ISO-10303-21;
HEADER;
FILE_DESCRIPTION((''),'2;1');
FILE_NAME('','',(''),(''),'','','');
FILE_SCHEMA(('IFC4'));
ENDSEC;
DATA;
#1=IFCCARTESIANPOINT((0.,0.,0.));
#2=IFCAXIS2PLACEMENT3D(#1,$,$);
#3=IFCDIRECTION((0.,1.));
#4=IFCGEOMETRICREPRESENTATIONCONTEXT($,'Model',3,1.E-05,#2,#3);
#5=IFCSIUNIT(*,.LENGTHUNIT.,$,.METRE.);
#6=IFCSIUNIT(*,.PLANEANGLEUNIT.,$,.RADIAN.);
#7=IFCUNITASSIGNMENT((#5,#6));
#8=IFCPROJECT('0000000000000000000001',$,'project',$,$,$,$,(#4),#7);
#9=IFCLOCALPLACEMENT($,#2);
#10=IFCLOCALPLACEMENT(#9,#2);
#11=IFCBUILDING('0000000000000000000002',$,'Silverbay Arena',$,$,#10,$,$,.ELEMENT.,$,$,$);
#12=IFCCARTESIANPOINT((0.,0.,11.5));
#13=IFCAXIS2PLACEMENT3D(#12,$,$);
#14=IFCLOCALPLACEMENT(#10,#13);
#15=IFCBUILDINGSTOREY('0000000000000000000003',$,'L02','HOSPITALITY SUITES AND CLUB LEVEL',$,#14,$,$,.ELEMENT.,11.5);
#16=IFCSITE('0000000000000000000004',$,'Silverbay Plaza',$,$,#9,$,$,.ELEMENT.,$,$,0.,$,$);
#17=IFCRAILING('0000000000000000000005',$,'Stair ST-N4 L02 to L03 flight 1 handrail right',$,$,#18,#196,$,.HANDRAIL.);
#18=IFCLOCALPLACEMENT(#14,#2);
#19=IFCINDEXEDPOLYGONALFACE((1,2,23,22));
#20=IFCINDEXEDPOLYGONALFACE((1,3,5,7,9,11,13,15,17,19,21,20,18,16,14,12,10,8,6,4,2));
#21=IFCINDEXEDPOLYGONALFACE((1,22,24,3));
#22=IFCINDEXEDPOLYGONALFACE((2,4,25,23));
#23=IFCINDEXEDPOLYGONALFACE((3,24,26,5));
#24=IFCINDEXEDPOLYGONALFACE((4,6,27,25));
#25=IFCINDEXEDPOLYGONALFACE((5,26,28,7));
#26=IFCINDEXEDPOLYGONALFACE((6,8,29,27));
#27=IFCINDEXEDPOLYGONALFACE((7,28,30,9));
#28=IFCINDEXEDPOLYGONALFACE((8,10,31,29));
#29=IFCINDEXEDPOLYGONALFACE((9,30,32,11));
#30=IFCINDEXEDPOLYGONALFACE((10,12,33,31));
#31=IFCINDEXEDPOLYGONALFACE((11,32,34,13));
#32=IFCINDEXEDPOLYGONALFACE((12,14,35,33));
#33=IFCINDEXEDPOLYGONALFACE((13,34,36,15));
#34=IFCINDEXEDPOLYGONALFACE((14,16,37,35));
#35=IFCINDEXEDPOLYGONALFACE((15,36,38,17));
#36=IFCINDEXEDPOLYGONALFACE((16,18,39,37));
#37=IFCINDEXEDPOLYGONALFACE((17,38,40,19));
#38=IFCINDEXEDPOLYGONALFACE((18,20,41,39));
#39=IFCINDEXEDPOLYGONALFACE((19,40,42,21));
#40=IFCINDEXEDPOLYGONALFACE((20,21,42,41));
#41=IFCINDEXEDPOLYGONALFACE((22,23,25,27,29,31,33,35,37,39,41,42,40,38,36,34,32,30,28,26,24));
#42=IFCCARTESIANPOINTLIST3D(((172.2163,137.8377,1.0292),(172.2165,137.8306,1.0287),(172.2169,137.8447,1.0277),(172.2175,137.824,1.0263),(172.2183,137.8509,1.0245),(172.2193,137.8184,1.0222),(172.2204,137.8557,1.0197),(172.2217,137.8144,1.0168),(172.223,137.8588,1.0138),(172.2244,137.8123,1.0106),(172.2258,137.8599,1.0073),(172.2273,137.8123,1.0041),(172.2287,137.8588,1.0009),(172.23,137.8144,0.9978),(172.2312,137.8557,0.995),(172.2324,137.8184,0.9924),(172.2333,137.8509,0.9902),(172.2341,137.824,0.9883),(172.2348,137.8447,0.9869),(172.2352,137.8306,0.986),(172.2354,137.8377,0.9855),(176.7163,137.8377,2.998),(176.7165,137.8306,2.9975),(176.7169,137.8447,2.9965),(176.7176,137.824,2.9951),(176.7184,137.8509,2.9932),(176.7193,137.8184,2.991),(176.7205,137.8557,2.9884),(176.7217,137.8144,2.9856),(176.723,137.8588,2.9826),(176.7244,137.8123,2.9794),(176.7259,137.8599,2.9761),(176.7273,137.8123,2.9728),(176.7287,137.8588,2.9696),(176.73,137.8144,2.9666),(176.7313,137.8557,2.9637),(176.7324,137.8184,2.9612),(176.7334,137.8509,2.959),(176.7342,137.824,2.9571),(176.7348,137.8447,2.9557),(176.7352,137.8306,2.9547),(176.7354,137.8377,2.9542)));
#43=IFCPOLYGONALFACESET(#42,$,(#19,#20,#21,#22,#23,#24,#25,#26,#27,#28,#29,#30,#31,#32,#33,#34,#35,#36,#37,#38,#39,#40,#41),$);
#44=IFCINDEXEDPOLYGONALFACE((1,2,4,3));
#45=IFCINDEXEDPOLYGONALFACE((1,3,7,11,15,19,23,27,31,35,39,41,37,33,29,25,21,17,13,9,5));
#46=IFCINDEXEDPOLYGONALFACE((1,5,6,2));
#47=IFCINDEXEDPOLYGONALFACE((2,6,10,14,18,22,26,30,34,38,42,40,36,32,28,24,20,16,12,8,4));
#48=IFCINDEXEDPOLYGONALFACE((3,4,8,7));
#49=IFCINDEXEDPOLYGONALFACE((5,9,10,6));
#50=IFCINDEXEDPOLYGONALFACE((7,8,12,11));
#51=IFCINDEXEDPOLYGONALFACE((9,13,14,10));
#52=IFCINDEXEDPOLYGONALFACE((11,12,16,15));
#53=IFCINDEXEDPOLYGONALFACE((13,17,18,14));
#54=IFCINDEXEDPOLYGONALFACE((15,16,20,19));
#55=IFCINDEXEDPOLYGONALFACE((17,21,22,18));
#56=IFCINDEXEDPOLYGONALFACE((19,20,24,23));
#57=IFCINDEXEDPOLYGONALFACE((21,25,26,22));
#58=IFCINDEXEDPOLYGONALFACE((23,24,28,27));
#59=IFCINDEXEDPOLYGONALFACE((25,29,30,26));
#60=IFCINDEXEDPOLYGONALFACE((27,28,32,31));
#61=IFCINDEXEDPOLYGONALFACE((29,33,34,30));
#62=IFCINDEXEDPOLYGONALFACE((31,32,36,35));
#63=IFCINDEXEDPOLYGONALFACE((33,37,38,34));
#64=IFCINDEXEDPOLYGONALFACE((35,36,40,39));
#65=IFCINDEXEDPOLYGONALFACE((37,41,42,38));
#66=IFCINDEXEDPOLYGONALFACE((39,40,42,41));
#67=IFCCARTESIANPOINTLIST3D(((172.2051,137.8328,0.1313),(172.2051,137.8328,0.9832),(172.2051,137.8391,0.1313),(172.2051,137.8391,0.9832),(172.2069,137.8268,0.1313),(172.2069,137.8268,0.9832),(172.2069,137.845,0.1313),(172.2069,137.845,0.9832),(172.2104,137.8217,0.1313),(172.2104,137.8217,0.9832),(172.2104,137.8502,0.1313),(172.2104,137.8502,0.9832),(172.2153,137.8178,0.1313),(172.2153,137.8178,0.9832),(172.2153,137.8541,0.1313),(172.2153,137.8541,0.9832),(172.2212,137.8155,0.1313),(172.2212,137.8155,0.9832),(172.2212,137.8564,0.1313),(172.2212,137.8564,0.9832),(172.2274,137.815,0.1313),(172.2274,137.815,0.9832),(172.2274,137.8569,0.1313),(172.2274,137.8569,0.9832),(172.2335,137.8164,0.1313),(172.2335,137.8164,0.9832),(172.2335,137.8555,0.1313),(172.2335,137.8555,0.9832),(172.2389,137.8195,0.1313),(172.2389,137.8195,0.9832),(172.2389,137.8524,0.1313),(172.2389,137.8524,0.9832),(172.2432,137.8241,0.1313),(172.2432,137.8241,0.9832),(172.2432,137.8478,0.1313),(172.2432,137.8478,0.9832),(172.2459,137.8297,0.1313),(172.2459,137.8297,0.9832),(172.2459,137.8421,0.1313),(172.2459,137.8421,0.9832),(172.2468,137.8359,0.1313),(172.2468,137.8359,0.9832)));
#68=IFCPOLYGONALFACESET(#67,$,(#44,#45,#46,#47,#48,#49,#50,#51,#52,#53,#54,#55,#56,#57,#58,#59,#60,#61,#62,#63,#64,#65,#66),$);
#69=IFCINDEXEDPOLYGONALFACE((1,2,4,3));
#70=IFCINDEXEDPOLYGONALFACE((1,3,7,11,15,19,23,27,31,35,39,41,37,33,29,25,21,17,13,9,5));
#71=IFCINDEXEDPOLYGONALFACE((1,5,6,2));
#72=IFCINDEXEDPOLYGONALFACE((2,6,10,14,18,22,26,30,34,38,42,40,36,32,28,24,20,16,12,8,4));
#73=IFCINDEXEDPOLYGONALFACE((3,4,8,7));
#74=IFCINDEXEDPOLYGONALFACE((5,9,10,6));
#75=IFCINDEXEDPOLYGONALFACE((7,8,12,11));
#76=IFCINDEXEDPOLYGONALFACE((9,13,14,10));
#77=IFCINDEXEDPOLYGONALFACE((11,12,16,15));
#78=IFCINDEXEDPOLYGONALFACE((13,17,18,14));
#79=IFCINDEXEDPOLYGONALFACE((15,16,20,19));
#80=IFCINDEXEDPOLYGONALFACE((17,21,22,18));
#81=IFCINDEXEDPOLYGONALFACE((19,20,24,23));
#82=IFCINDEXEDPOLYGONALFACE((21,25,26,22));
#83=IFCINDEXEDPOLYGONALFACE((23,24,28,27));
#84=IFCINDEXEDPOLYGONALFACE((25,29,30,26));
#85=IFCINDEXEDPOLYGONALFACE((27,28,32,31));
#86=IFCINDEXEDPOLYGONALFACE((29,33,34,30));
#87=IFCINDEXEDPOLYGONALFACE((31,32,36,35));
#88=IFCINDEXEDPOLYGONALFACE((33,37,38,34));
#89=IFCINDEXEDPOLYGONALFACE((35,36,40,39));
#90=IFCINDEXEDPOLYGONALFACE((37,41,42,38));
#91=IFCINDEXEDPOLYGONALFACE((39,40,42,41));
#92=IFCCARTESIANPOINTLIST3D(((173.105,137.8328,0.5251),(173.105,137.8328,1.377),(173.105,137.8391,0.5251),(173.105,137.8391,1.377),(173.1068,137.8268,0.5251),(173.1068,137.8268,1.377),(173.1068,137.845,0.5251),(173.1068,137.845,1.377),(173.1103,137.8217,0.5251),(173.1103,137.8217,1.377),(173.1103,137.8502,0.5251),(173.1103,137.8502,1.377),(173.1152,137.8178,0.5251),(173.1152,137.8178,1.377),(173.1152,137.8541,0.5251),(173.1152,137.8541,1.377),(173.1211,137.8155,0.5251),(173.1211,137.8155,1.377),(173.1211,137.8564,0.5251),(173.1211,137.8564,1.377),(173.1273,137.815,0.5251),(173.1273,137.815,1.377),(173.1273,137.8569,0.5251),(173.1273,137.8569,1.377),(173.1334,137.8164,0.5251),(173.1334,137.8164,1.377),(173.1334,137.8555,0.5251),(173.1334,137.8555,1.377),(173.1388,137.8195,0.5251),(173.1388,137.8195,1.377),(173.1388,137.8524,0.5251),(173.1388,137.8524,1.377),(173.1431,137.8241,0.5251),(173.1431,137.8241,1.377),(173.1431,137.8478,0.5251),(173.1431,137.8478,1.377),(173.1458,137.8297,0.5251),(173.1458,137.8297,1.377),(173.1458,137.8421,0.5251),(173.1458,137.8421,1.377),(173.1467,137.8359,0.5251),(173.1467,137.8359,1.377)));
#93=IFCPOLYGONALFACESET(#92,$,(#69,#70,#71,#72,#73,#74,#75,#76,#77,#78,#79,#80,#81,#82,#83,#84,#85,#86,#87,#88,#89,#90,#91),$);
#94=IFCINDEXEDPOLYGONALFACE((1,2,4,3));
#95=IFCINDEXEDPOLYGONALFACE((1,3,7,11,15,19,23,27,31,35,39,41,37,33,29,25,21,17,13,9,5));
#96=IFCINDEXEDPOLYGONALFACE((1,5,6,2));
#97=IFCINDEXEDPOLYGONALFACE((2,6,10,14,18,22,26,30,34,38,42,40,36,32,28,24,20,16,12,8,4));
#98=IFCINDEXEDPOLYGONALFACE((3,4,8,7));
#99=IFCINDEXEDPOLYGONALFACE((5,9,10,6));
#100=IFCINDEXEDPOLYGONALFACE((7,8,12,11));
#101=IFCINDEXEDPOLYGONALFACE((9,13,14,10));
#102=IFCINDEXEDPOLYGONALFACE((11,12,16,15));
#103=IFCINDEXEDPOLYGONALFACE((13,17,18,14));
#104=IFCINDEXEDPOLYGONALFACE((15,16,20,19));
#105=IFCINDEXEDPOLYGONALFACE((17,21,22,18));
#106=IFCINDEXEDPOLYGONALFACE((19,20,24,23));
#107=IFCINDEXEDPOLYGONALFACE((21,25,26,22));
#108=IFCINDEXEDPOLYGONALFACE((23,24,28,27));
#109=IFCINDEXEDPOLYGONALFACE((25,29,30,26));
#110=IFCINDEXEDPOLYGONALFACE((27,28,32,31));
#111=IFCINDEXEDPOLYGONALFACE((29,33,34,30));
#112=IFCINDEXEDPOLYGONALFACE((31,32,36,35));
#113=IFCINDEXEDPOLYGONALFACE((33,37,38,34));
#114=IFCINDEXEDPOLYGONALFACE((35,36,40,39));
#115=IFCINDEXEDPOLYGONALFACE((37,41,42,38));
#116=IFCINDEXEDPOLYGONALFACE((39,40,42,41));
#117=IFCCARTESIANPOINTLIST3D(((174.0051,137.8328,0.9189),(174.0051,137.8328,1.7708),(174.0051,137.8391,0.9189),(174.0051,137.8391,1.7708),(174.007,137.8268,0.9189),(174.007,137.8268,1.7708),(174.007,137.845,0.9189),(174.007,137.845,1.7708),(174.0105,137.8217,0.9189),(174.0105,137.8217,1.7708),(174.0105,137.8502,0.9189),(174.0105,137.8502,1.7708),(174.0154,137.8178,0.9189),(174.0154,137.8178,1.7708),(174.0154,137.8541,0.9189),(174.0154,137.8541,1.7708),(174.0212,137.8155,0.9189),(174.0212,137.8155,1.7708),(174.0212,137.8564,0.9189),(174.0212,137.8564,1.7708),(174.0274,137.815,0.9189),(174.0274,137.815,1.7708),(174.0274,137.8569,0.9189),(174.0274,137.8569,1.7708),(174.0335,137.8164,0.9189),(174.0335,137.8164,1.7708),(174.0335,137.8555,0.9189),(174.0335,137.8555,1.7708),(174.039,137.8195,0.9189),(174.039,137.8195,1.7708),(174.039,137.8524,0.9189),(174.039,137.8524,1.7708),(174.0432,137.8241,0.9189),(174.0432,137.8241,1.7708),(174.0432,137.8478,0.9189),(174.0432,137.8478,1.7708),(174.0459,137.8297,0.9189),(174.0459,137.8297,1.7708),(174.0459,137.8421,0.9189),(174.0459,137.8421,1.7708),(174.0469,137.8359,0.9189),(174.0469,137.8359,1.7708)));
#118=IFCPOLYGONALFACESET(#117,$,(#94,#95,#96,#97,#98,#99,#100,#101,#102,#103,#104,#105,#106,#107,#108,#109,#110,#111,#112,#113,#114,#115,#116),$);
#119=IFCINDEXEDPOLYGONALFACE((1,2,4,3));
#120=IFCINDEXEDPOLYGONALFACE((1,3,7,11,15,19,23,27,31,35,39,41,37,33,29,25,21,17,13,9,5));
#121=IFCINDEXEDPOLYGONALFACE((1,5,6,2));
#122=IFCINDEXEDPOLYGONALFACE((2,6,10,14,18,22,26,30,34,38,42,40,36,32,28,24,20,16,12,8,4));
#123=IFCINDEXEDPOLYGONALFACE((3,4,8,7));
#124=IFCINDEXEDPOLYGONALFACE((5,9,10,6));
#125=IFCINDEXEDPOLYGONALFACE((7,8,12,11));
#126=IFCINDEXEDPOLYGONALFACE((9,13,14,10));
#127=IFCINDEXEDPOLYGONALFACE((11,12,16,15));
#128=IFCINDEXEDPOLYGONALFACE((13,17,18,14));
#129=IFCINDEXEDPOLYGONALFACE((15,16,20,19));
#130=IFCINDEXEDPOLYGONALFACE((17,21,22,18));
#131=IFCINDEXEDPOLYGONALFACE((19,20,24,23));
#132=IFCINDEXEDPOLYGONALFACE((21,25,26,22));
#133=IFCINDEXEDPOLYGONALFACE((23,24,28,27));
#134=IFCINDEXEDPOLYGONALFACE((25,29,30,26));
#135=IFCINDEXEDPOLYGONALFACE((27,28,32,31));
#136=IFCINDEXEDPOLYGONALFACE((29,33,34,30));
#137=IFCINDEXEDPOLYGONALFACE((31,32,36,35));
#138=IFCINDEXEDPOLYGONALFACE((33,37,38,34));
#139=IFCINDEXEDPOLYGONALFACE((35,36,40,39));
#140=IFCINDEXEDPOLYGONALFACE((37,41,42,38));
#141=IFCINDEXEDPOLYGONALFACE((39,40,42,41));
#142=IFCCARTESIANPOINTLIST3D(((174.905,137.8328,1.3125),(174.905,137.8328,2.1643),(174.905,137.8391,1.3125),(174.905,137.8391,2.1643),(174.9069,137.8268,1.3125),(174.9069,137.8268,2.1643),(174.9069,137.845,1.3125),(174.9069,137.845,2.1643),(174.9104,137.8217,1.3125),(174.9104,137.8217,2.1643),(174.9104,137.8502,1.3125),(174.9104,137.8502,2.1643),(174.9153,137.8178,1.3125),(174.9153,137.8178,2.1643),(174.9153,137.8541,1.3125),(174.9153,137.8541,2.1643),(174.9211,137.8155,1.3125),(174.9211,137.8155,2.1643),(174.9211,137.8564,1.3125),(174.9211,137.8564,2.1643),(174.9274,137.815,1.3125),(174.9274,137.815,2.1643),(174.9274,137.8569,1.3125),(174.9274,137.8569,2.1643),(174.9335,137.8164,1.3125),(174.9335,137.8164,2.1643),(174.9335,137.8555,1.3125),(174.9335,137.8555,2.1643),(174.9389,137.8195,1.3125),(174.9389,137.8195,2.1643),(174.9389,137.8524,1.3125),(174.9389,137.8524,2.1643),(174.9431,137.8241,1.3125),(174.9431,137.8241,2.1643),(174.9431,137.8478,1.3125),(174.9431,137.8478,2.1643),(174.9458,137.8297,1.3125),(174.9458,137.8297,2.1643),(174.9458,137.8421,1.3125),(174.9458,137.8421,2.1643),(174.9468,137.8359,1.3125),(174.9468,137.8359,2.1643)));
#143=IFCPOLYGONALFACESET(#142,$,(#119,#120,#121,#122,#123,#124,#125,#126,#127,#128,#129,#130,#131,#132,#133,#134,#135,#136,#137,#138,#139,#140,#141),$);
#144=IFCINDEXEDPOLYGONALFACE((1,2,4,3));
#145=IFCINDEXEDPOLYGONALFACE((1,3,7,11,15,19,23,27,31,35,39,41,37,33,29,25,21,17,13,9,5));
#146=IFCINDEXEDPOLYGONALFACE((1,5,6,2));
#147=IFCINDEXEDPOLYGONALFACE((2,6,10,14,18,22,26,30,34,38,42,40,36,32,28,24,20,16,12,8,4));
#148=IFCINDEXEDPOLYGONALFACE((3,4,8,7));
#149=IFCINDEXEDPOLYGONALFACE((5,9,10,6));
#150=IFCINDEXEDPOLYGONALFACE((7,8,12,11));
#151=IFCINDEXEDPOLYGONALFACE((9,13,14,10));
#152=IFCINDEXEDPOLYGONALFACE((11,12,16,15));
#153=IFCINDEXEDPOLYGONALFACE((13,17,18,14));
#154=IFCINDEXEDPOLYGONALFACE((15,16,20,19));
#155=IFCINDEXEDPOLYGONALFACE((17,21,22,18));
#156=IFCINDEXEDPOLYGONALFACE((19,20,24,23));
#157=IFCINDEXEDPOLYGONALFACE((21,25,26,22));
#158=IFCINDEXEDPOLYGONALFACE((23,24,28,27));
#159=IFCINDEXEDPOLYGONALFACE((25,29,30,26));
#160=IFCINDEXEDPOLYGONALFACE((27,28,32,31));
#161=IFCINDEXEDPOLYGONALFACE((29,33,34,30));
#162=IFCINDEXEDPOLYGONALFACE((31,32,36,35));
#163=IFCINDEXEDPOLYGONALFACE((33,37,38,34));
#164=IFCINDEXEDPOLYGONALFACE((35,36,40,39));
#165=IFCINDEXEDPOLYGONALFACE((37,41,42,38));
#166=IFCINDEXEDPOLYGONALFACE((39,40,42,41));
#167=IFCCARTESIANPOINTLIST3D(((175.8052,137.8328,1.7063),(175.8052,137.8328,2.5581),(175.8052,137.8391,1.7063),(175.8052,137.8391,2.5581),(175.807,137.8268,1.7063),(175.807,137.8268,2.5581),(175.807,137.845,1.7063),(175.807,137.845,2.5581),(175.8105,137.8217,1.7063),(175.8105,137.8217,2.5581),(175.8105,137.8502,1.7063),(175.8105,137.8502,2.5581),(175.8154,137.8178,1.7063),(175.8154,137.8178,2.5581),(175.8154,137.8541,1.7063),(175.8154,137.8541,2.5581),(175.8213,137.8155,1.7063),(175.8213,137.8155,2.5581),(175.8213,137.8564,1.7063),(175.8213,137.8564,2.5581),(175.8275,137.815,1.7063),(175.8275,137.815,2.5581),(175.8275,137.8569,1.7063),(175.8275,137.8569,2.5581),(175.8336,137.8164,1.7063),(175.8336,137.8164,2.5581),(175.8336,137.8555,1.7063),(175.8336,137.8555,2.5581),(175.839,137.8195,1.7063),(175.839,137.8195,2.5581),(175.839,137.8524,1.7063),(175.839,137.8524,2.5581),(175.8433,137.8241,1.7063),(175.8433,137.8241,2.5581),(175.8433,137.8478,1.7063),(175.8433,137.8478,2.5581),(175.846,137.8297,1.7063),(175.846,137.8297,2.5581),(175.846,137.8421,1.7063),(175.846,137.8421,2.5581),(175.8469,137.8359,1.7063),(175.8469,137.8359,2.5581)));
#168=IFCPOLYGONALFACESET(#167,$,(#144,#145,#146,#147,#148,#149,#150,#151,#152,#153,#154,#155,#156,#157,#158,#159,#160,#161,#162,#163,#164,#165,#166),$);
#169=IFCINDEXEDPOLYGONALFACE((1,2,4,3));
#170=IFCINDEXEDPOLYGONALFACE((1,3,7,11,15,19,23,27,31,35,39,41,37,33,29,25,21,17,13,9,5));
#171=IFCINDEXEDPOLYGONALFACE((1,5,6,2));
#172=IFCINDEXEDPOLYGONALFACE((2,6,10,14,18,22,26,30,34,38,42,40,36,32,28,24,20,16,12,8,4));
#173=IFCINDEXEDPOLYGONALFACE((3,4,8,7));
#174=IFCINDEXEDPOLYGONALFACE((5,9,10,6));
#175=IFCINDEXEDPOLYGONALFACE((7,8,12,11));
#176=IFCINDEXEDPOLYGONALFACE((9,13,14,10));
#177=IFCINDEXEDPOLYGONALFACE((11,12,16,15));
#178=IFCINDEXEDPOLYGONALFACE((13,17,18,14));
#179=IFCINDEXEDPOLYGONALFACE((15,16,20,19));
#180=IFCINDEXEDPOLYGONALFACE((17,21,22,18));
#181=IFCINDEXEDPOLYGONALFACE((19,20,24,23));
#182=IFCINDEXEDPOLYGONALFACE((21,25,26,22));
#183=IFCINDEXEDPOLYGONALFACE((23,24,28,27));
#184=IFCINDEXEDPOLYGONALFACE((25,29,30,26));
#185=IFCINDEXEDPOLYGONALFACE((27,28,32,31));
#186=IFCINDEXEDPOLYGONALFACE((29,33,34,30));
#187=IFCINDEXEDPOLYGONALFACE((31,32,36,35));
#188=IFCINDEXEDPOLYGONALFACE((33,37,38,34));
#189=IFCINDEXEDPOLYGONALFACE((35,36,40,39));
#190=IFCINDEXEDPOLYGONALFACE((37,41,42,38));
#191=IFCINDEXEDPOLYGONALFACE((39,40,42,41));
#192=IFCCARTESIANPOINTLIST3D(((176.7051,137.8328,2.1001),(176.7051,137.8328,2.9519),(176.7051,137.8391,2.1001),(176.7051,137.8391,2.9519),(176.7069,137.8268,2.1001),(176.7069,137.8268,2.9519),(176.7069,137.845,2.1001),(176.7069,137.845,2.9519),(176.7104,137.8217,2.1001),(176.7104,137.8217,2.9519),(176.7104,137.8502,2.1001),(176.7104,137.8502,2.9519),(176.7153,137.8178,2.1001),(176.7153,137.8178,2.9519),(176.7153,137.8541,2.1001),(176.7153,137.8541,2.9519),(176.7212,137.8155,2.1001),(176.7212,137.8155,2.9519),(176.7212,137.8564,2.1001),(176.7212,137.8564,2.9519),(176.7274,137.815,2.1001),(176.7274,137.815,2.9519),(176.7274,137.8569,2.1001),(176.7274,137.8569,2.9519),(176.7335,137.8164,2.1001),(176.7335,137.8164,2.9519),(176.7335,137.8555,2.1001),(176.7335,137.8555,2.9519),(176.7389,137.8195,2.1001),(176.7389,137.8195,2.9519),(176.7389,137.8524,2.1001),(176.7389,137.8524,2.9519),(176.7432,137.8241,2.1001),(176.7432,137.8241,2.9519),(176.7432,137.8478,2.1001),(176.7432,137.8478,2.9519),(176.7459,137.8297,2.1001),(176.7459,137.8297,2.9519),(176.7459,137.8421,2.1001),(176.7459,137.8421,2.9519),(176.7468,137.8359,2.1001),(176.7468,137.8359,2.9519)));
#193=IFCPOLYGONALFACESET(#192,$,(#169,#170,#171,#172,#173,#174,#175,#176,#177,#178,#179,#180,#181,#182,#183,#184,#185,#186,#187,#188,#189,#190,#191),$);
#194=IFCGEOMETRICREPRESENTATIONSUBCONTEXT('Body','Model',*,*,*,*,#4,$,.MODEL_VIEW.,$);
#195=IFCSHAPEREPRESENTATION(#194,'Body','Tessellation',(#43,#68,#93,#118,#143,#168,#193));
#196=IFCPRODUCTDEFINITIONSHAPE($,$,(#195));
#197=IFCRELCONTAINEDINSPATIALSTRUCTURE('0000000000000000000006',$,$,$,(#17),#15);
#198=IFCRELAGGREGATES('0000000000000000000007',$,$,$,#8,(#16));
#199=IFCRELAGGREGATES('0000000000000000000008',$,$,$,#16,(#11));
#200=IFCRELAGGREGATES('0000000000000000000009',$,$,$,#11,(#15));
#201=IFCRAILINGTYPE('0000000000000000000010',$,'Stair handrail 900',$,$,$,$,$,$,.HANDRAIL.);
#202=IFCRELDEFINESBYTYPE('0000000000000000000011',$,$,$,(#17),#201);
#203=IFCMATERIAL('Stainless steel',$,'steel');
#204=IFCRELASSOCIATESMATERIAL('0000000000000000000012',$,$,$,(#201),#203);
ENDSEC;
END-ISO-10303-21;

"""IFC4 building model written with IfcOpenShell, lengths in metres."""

from ifc_helpers import new_model, si_unit, direction, frame, origin, origin_2d, place, context, subcontext, project, spatial, circle, extrude, material, type_object, element, save


model = new_model("IFC4")

# Units and contexts
model_context = context("Model", 3, precision=1e-05, world=origin(), true_north=direction((0.0, 1.0)))
body_context = subcontext(model_context, "Body", "Model", "MODEL_VIEW")
ifc_project = project(units=[si_unit("LENGTHUNIT", "METRE"), si_unit("PLANEANGLEUNIT", "RADIAN")], contexts=[model_context])

# Site, building, storey
site_placement = place(None, origin())
site = spatial("IfcSite", under=ifc_project, at=site_placement, Name="Silverbay Plaza", CompositionType="ELEMENT", RefElevation=0.0)
building_placement = place(site_placement, origin())
building = spatial("IfcBuilding", under=site, at=building_placement, Name="Silverbay Arena", CompositionType="ELEMENT")
storey_placement = place(building_placement, frame((0.0, 0.0, 11.5)))
storey = spatial("IfcBuildingStorey", under=building, at=storey_placement, Name="L02", Description="HOSPITALITY SUITES AND CLUB LEVEL", CompositionType="ELEMENT", Elevation=11.5)

# Railing
ifc_material_1 = material(Name="Stainless steel", Category="steel")
railing_type_1 = type_object("IfcRailingType", Name="Stair handrail 900", PredefinedType="HANDRAIL", material=ifc_material_1)
railing_1_placement = place(storey_placement, frame((172.2258, 137.8359, 0.1313)))
element("IfcRailing", 1, at=railing_1_placement, inside=storey, type_object=railing_type_1, Name="Stair ST-N4 L02 to L03 flight 1 handrail right", PredefinedType="HANDRAIL", context=body_context, shape_type="SweptSolid", body=[
    extrude(circle(Radius=0.0239, at=origin_2d()), frame((0.0, 0.0, 0.876), z_axis=(0.916157, 0.0, 0.400819), x_axis=(0.0, 1.0, 0.0)), (0.0, 0.0, 1.0), 4.9119),
    extrude(circle(Radius=0.021, at=origin_2d()), origin(), (0.0, 0.0, 1.0), 0.8518),
    extrude(circle(Radius=0.021, at=origin_2d()), frame((0.8999, 0.0, 0.3938)), (0.0, 0.0, 1.0), 0.8518),
    extrude(circle(Radius=0.021, at=origin_2d()), frame((1.8, 0.0, 0.7876)), (0.0, 0.0, 1.0), 0.8518),
    extrude(circle(Radius=0.021, at=origin_2d()), frame((2.7, 0.0, 1.1812)), (0.0, 0.0, 1.0), 0.8518),
    extrude(circle(Radius=0.021, at=origin_2d()), frame((3.6001, 0.0, 1.575)), (0.0, 0.0, 1.0), 0.8518),
    extrude(circle(Radius=0.021, at=origin_2d()), frame((4.5, 0.0, 1.9688)), (0.0, 0.0, 1.0), 0.8518),
])

save(model, "model.ifc")
